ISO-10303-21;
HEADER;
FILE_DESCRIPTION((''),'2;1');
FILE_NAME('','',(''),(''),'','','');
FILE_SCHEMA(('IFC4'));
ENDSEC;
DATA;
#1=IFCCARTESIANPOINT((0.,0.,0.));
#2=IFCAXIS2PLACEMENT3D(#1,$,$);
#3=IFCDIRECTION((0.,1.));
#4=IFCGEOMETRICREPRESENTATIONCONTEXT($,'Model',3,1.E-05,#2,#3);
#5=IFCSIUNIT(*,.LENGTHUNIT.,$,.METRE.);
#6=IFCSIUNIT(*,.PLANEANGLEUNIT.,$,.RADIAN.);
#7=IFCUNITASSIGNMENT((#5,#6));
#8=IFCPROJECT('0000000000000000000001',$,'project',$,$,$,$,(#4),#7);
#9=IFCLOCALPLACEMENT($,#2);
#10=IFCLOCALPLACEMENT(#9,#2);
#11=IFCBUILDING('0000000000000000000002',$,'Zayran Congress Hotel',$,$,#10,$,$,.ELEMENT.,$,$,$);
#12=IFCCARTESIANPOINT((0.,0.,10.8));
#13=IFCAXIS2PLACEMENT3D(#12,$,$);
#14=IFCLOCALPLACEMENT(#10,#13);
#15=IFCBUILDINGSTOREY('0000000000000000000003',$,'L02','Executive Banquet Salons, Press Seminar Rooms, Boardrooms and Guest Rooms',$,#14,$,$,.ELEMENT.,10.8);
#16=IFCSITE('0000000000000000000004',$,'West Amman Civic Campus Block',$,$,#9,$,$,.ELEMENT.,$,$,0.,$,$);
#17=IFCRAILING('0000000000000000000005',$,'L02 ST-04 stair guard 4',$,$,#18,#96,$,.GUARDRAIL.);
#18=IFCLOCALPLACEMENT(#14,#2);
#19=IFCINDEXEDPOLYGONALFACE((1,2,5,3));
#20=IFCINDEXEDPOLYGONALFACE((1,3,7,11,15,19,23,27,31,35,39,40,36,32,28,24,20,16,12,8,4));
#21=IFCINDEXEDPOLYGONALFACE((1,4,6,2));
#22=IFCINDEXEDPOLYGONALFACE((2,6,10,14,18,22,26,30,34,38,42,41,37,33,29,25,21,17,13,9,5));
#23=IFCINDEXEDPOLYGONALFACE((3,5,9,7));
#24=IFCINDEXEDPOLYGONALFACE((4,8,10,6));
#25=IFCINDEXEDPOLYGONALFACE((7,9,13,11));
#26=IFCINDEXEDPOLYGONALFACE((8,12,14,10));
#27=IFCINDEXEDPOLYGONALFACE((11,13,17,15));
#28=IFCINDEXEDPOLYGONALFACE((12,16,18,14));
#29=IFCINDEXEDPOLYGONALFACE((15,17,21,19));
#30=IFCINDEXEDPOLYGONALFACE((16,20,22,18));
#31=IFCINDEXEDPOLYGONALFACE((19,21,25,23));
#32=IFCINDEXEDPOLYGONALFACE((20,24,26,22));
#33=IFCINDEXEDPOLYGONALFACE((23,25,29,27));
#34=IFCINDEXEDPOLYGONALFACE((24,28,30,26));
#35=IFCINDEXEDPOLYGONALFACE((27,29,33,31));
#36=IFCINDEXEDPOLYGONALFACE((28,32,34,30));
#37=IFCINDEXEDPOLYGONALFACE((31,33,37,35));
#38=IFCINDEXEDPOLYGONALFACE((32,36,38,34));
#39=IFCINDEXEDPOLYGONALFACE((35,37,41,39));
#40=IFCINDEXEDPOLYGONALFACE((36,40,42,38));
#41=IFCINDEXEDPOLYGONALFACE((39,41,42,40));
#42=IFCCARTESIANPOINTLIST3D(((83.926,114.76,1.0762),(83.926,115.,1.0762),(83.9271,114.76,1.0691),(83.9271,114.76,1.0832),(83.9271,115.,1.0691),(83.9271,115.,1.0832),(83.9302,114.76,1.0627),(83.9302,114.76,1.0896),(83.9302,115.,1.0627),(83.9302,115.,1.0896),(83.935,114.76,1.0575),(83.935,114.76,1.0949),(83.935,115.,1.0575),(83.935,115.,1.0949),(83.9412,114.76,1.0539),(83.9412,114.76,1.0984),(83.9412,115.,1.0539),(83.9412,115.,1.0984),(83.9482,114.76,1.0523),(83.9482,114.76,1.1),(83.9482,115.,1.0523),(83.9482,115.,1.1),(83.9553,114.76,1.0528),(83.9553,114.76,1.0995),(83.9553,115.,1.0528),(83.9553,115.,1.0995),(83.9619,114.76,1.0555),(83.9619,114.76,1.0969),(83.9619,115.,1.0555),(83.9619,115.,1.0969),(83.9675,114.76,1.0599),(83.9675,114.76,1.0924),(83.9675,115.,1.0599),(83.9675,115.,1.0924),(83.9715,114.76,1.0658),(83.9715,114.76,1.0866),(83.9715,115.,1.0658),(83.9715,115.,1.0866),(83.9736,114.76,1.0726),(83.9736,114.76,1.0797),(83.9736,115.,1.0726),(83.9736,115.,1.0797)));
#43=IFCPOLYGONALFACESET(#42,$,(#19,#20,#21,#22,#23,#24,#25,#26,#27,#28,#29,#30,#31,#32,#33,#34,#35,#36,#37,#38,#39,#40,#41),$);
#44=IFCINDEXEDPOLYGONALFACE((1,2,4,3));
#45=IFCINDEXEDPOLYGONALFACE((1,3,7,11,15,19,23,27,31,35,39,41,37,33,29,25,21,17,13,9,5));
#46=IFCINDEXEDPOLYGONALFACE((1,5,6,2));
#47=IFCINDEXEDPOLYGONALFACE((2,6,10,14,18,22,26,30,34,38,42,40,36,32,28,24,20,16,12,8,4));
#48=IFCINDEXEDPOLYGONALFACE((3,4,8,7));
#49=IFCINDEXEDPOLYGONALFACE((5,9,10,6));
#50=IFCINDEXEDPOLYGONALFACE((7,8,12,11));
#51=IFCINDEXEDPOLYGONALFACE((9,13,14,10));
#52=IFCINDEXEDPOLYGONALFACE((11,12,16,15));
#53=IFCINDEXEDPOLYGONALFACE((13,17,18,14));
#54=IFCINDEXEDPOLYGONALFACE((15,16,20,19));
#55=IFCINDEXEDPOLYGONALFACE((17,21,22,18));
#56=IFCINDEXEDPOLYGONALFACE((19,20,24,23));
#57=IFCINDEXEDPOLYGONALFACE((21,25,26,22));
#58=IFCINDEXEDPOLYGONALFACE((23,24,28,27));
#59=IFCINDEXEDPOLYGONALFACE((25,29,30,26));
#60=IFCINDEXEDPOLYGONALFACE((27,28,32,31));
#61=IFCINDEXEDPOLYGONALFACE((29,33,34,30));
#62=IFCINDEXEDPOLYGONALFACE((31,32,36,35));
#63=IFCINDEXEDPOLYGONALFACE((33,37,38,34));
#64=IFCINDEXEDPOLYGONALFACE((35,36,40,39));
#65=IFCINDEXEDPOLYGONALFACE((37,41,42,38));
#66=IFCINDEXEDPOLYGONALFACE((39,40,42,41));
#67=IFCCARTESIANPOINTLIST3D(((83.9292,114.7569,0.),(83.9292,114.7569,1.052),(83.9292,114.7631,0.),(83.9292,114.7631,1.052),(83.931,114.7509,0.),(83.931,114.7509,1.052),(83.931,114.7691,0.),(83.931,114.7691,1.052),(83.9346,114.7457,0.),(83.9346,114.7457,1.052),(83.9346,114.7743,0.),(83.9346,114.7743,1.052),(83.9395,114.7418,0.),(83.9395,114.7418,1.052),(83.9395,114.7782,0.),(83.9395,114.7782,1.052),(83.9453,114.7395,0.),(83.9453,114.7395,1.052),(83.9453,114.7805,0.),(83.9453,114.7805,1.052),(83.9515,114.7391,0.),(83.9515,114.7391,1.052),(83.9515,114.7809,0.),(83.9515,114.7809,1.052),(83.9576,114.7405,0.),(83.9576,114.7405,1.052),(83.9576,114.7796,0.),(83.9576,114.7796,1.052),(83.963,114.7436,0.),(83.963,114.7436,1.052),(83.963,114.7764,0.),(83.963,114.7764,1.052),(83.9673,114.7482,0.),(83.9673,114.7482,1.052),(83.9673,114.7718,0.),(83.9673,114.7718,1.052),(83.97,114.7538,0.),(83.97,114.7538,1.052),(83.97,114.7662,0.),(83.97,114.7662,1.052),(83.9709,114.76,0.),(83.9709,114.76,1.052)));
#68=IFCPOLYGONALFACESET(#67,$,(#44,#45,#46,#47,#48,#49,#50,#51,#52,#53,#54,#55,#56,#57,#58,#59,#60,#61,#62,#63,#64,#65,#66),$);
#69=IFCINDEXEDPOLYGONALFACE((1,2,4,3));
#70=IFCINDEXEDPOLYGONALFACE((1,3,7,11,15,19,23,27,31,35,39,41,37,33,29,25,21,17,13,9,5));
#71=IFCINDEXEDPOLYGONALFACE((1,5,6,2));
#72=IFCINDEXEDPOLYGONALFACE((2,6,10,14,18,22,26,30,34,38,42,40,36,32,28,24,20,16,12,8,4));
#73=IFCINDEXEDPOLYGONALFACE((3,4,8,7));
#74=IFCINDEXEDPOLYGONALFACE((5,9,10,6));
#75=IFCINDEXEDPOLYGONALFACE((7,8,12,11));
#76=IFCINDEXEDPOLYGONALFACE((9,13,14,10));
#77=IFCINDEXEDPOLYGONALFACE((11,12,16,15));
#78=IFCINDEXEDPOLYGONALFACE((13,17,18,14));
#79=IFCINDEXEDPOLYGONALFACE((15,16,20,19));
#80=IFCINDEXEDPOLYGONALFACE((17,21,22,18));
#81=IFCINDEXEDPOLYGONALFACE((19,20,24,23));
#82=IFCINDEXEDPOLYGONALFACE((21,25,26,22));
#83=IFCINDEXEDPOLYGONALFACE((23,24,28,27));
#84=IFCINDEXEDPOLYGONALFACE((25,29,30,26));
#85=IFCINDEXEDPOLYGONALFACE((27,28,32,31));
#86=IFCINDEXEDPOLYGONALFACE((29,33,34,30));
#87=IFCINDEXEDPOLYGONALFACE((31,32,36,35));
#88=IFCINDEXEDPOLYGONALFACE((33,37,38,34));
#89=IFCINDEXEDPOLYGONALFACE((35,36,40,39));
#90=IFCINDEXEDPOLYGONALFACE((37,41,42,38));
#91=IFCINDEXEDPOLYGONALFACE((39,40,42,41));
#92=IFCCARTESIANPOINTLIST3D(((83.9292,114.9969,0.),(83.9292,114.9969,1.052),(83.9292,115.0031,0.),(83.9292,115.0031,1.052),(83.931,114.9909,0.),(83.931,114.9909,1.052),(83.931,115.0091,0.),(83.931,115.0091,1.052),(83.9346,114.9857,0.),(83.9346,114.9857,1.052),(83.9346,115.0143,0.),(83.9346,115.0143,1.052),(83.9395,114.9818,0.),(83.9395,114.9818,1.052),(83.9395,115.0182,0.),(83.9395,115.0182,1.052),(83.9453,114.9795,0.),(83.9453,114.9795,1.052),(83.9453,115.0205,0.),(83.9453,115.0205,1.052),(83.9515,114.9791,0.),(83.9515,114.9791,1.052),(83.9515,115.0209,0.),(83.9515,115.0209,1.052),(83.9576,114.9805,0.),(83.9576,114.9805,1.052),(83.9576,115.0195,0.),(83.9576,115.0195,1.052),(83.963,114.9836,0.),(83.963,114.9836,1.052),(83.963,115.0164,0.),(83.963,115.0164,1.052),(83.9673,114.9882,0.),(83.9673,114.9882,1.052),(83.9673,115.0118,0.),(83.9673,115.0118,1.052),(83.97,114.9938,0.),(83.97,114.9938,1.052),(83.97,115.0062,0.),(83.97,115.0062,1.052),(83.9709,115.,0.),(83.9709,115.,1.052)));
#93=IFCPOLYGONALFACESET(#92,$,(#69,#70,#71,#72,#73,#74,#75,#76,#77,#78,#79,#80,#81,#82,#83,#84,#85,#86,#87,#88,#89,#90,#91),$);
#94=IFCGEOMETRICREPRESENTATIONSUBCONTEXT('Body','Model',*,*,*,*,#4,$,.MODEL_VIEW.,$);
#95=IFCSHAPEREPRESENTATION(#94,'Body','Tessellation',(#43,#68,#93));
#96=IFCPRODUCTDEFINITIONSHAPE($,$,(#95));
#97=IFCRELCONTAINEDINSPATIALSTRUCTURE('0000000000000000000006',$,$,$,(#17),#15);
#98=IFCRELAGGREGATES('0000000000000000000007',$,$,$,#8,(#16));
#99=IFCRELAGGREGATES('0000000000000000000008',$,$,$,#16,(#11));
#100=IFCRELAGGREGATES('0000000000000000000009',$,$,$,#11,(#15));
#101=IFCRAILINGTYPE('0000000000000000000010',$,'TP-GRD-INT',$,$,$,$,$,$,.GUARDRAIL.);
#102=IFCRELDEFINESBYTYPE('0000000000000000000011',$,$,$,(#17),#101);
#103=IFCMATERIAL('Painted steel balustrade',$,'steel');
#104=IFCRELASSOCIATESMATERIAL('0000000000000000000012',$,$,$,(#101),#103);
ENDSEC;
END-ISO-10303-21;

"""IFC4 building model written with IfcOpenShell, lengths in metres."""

from ifc_helpers import new_model, si_unit, direction, frame, origin, origin_2d, place, context, subcontext, project, spatial, circle, extrude, material, type_object, element, save


model = new_model("IFC4")

# Units and contexts
model_context = context("Model", 3, precision=1e-05, world=origin(), true_north=direction((0.0, 1.0)))
body_context = subcontext(model_context, "Body", "Model", "MODEL_VIEW")
ifc_project = project(units=[si_unit("LENGTHUNIT", "METRE"), si_unit("PLANEANGLEUNIT", "RADIAN")], contexts=[model_context])

# Site, building, storey
site_placement = place(None, origin())
site = spatial("IfcSite", under=ifc_project, at=site_placement, Name="West Amman Civic Campus Block", CompositionType="ELEMENT", RefElevation=0.0)
building_placement = place(site_placement, origin())
building = spatial("IfcBuilding", under=site, at=building_placement, Name="Zayran Congress Hotel", CompositionType="ELEMENT")
storey_placement = place(building_placement, frame((0.0, 0.0, 10.8)))
storey = spatial("IfcBuildingStorey", under=building, at=storey_placement, Name="L02", Description="Executive Banquet Salons, Press Seminar Rooms, Boardrooms and Guest Rooms", CompositionType="ELEMENT", Elevation=10.8)

# Railing
ifc_material_1 = material(Name="Painted steel balustrade", Category="steel")
railing_type_1 = type_object("IfcRailingType", Name="TP-GRD-INT", PredefinedType="GUARDRAIL", material=ifc_material_1)
railing_1_placement = place(storey_placement, frame((83.95, 114.76, 0.0)))
element("IfcRailing", 1, at=railing_1_placement, inside=storey, type_object=railing_type_1, Name="L02 ST-04 stair guard 4", PredefinedType="GUARDRAIL", context=body_context, shape_type="SweptSolid", body=[
    extrude(circle(Radius=0.0239, at=origin_2d()), frame((0.0, 0.0, 1.0762), z_axis=(0.0, 1.0, 0.0), x_axis=(-1.0, 0.0, 0.0)), (0.0, 0.0, 1.0), 0.24),
    extrude(circle(Radius=0.021, at=origin_2d()), origin(), (0.0, 0.0, 1.0), 1.052),
    extrude(circle(Radius=0.021, at=origin_2d()), frame((0.0, 0.24, 0.0)), (0.0, 0.0, 1.0), 1.052),
])

save(model, "model.ifc")
